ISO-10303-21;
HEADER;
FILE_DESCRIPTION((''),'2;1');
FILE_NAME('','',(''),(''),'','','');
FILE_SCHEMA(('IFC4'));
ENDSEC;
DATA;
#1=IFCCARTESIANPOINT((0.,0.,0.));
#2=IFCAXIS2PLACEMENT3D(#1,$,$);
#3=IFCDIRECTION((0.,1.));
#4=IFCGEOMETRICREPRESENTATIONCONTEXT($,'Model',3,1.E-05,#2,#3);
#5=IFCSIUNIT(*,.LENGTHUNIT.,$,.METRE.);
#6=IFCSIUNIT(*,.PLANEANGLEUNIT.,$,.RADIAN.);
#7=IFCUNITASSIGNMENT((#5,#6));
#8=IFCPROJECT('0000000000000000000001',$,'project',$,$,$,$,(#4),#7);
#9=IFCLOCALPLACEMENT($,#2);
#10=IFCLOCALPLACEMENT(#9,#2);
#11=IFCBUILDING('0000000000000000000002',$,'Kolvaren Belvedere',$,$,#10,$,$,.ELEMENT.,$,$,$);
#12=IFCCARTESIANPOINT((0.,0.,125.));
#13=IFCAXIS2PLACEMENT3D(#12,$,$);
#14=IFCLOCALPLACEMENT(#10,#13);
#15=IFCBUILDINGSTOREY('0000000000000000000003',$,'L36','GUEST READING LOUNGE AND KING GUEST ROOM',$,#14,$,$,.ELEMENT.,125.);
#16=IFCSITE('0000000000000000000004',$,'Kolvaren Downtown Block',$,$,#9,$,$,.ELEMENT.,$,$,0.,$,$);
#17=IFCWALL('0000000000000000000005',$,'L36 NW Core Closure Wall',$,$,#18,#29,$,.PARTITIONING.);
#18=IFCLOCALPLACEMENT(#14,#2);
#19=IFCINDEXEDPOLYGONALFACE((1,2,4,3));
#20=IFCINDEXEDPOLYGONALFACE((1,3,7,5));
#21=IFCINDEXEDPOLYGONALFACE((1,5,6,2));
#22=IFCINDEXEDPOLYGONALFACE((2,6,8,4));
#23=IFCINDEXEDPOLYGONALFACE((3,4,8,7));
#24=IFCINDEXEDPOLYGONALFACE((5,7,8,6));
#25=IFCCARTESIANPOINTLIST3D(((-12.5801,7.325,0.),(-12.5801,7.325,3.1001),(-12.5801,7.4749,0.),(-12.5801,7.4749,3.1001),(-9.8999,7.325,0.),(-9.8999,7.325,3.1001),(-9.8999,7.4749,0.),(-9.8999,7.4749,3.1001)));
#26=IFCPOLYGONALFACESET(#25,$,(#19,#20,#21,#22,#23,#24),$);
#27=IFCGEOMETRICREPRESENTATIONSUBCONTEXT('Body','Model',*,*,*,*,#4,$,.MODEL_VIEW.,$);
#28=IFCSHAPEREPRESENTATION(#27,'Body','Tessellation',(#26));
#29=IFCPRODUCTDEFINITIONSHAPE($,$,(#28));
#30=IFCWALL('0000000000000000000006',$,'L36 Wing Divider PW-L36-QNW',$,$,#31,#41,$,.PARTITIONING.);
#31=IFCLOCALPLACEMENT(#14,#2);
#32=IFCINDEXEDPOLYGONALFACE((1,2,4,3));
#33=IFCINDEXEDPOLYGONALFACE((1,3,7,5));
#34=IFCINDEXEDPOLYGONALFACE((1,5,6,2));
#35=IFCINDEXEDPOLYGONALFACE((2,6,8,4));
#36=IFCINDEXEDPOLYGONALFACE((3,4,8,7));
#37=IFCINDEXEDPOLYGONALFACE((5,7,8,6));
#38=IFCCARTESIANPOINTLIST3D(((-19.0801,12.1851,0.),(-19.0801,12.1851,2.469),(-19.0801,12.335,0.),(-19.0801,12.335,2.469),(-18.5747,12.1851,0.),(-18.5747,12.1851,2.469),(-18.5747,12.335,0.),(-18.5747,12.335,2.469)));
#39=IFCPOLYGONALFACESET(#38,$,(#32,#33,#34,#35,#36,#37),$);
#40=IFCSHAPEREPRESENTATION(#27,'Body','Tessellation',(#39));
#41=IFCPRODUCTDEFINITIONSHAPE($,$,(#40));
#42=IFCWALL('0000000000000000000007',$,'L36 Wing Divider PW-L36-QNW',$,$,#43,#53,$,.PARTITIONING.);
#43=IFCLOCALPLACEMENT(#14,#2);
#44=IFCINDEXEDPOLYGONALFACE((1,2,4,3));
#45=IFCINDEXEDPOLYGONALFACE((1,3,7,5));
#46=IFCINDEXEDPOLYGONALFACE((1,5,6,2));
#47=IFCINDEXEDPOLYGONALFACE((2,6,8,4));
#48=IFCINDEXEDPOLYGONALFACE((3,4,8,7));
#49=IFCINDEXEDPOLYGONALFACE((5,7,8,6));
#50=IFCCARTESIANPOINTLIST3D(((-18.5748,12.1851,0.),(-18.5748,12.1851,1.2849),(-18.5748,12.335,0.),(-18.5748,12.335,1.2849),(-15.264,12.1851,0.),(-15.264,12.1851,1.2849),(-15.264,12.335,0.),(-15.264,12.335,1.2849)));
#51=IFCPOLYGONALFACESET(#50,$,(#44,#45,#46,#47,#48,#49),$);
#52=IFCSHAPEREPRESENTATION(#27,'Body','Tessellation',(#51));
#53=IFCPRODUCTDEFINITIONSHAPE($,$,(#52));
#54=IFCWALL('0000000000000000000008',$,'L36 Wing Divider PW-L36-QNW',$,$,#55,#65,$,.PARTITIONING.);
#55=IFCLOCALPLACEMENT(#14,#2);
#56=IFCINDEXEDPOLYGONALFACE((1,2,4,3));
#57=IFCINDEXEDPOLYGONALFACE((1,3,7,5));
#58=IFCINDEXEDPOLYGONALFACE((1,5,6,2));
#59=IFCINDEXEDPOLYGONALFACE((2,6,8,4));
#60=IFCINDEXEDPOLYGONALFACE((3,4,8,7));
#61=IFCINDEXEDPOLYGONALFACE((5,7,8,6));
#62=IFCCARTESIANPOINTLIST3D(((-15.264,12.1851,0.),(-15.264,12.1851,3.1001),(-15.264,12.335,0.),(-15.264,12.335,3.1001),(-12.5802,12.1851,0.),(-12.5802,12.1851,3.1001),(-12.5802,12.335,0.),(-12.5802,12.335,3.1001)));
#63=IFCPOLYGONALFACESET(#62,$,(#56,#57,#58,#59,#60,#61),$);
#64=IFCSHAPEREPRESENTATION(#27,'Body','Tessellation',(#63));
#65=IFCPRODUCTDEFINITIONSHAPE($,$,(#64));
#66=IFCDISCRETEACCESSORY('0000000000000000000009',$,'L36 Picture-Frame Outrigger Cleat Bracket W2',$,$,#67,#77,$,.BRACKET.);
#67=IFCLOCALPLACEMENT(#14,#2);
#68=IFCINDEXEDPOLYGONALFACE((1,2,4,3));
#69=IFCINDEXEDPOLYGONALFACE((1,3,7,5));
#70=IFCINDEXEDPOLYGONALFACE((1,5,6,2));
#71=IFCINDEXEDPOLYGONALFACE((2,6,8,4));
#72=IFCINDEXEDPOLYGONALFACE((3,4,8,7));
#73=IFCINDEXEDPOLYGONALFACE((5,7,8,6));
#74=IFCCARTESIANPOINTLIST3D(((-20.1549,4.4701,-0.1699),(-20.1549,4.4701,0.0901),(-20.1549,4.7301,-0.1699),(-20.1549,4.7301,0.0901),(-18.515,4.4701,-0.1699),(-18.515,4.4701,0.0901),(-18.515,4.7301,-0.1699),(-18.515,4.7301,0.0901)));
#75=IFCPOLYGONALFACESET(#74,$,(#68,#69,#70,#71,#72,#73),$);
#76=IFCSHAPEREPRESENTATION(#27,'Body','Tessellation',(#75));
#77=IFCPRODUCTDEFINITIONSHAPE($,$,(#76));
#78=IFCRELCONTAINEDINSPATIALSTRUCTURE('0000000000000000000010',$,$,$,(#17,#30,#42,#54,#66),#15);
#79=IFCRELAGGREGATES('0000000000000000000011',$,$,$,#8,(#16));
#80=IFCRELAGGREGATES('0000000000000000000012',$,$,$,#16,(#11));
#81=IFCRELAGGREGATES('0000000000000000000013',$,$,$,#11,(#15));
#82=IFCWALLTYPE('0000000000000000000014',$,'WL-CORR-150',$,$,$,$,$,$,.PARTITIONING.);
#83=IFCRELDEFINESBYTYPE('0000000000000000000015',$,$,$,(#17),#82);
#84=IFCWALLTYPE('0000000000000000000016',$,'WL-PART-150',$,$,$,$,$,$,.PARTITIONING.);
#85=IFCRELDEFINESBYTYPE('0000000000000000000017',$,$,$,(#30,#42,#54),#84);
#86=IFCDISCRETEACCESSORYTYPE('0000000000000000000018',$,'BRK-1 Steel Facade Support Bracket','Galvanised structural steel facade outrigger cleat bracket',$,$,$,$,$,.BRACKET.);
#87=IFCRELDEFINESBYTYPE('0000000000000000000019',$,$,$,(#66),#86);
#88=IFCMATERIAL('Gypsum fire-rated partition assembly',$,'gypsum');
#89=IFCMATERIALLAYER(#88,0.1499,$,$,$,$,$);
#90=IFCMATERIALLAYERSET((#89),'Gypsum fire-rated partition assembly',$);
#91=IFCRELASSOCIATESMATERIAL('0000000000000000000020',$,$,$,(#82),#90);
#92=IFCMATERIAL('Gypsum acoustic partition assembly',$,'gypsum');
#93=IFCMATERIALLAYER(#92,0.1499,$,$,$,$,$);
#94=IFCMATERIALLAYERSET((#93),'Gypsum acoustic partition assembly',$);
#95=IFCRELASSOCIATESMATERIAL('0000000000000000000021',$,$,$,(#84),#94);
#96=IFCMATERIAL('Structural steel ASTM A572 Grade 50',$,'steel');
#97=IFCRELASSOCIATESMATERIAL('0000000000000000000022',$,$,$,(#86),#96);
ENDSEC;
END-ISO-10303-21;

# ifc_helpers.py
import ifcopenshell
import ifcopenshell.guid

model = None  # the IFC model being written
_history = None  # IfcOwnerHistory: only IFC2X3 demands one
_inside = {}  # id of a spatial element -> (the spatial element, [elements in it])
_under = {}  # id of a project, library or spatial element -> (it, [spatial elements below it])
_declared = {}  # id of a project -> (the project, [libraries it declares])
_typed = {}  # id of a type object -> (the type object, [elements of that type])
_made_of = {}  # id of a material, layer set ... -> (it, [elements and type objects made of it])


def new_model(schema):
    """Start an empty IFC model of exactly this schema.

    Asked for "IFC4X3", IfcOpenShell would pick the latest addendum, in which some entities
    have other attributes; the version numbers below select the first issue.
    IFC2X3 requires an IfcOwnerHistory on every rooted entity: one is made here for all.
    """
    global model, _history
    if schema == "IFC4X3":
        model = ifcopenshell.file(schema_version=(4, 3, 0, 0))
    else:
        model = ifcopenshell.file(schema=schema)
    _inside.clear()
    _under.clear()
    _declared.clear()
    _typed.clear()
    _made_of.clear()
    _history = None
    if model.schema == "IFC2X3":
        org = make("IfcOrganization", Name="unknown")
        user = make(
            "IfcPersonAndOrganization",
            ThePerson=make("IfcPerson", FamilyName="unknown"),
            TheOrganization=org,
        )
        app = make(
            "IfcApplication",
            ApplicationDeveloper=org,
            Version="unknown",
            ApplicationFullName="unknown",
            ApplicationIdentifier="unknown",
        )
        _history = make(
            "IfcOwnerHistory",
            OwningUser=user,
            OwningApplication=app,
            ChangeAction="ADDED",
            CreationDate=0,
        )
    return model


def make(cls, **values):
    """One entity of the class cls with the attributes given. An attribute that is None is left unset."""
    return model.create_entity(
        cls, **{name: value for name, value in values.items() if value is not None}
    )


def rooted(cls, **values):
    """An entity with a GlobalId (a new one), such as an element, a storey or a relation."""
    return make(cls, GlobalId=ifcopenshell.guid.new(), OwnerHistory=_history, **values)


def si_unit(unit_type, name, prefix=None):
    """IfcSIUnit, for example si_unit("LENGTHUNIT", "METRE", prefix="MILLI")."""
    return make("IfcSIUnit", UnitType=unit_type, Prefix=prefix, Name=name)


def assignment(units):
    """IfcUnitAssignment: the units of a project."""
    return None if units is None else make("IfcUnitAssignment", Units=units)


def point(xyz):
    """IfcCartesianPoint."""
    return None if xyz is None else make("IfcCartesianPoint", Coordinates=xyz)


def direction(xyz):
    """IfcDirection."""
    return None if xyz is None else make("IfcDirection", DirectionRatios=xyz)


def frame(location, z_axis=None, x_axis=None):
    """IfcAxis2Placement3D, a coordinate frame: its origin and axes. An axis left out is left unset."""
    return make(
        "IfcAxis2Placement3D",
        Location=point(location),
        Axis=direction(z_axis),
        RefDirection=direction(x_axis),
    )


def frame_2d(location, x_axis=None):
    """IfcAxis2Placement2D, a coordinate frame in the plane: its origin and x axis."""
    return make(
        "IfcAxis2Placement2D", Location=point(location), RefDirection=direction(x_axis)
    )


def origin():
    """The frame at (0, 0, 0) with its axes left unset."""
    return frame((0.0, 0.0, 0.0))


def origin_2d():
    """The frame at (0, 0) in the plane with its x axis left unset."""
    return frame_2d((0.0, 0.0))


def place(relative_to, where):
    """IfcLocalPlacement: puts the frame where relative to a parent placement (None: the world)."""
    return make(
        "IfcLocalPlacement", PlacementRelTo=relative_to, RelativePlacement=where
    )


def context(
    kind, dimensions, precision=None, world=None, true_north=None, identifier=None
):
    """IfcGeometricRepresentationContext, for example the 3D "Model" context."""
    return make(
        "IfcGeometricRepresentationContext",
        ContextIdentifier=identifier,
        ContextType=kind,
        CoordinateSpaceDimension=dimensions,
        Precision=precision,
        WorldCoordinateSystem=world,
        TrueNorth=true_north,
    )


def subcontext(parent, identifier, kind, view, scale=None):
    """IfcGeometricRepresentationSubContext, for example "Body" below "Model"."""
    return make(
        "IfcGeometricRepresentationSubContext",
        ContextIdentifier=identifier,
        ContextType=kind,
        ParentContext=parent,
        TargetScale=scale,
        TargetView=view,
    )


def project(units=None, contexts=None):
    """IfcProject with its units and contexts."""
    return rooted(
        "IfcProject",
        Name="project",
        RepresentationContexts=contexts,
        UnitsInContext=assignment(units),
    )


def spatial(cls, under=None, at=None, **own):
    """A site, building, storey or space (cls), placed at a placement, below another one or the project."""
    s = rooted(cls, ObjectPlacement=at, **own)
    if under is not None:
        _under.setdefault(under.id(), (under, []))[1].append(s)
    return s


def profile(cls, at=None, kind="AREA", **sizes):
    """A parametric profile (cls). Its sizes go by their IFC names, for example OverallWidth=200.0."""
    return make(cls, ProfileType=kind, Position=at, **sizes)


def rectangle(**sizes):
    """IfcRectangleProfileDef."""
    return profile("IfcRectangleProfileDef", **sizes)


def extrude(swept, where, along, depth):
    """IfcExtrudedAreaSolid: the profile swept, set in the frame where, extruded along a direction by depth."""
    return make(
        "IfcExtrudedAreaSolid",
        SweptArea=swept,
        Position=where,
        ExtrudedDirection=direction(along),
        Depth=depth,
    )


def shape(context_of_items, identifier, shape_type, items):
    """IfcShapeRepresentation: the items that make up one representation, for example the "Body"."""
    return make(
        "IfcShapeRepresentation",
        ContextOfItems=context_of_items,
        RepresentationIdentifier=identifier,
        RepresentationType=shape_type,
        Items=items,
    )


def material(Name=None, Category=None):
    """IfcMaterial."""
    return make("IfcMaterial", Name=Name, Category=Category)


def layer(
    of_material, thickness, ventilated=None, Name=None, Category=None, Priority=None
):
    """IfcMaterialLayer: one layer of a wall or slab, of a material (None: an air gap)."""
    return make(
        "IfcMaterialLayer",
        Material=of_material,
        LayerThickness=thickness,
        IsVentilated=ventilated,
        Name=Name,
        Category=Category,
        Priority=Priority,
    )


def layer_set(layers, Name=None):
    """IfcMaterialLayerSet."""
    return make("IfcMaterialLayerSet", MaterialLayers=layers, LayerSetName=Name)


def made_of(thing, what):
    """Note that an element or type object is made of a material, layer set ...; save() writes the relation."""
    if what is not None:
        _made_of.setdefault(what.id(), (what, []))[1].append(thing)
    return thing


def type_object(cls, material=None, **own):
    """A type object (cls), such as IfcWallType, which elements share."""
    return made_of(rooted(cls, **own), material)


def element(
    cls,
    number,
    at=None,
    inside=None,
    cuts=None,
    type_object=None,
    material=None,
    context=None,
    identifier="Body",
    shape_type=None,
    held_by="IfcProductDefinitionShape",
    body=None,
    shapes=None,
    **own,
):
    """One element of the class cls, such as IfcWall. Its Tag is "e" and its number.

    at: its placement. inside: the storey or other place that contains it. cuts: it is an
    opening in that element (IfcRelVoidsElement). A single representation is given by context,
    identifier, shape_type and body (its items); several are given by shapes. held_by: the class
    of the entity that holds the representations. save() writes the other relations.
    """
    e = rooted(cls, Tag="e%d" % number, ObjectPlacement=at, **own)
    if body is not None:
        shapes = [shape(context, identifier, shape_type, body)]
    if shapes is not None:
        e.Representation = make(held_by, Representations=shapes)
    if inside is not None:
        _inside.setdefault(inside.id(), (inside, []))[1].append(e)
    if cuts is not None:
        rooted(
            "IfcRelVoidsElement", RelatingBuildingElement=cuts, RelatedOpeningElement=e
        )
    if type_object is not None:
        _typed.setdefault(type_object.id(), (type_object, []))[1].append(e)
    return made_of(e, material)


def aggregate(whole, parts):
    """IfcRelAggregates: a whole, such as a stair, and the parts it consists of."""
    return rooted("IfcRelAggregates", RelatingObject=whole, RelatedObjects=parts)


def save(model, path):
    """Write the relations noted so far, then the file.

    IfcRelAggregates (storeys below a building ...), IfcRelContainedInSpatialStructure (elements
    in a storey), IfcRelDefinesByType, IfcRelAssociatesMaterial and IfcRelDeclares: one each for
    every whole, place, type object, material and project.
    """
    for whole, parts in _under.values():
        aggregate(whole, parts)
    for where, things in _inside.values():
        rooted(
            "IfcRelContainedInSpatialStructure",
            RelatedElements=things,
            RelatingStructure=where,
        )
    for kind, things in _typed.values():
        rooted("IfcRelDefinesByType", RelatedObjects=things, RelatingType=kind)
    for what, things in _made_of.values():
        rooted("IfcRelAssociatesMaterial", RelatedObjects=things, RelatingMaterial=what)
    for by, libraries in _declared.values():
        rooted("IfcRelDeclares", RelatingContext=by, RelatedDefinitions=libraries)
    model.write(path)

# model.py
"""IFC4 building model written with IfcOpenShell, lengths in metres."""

from ifc_helpers import new_model, si_unit, direction, frame, frame_2d, origin, origin_2d, place, context, subcontext, project, spatial, rectangle, extrude, material, layer, layer_set, type_object, element, save


model = new_model("IFC4")

# Units and contexts
model_context = context("Model", 3, precision=1e-05, world=origin(), true_north=direction((0.0, 1.0)))
body_context = subcontext(model_context, "Body", "Model", "MODEL_VIEW")
ifc_project = project(units=[si_unit("LENGTHUNIT", "METRE"), si_unit("PLANEANGLEUNIT", "RADIAN")], contexts=[model_context])

# Site, building, storey
site_placement = place(None, origin())
site = spatial("IfcSite", under=ifc_project, at=site_placement, Name="Kolvaren Downtown Block", CompositionType="ELEMENT", RefElevation=0.0)
building_placement = place(site_placement, origin())
building = spatial("IfcBuilding", under=site, at=building_placement, Name="Kolvaren Belvedere", CompositionType="ELEMENT")
storey_placement = place(building_placement, frame((0.0, 0.0, 125.0)))
storey = spatial("IfcBuildingStorey", under=building, at=storey_placement, Name="L36", Description="GUEST READING LOUNGE AND KING GUEST ROOM", CompositionType="ELEMENT", Elevation=125.0)

# Shared definitions
ifc_material_1 = material(Name="Gypsum fire-rated partition assembly", Category="gypsum")
ifc_layer_1 = layer(ifc_material_1, 0.1499)
ifc_layer_set_1 = layer_set([ifc_layer_1], Name="Gypsum fire-rated partition assembly")
wall_type_1 = type_object("IfcWallType", Name="WL-CORR-150", PredefinedType="PARTITIONING", material=ifc_layer_set_1)

# Walls
wall_1_placement = place(storey_placement, frame((-12.5801, 7.3999, 0.0), z_axis=(0.0, 0.0, 1.0), x_axis=(1.0, 0.0, 0.0)))
element("IfcWall", 1, at=wall_1_placement, inside=storey, type_object=wall_type_1, Name="L36 NW Core Closure Wall", PredefinedType="PARTITIONING", context=body_context, shape_type="SweptSolid", body=[
    extrude(rectangle(XDim=2.6802, YDim=0.1499, at=frame_2d((1.3401, 0.0))), origin(), (0.0, 0.0, 1.0), 3.1001),
])
ifc_material_2 = material(Name="Gypsum acoustic partition assembly", Category="gypsum")
ifc_layer_2 = layer(ifc_material_2, 0.1499)
ifc_layer_set_2 = layer_set([ifc_layer_2], Name="Gypsum acoustic partition assembly")
wall_type_2 = type_object("IfcWallType", Name="WL-PART-150", PredefinedType="PARTITIONING", material=ifc_layer_set_2)
wall_2_placement = place(storey_placement, frame((-19.0801, 12.26, 0.0), z_axis=(0.0, 0.0, 1.0), x_axis=(1.0, 0.0, 0.0)))
element("IfcWall", 2, at=wall_2_placement, inside=storey, type_object=wall_type_2, Name="L36 Wing Divider PW-L36-QNW", PredefinedType="PARTITIONING", context=body_context, shape_type="SweptSolid", body=[
    extrude(rectangle(XDim=0.5054, YDim=0.1499, at=frame_2d((0.2527, 0.0))), origin(), (0.0, 0.0, 1.0), 2.469),
])
wall_3_placement = place(storey_placement, frame((-18.5747, 12.26, 0.0), z_axis=(0.0, 0.0, 1.0), x_axis=(1.0, 0.0, 0.0)))
element("IfcWall", 3, at=wall_3_placement, inside=storey, type_object=wall_type_2, Name="L36 Wing Divider PW-L36-QNW", PredefinedType="PARTITIONING", context=body_context, shape_type="SweptSolid", body=[
    extrude(rectangle(XDim=3.3108, YDim=0.1499, at=frame_2d((1.6553, 0.0))), origin(), (0.0, 0.0, 1.0), 1.2849),
])
wall_4_placement = place(storey_placement, frame((-15.2639, 12.26, 0.0), z_axis=(0.0, 0.0, 1.0), x_axis=(1.0, 0.0, 0.0)))
element("IfcWall", 4, at=wall_4_placement, inside=storey, type_object=wall_type_2, Name="L36 Wing Divider PW-L36-QNW", PredefinedType="PARTITIONING", context=body_context, shape_type="SweptSolid", body=[
    extrude(rectangle(XDim=2.6838, YDim=0.1499, at=frame_2d((1.3418, 0.0))), origin(), (0.0, 0.0, 1.0), 3.1001),
])

# Discrete accessory
ifc_material_3 = material(Name="Structural steel ASTM A572 Grade 50", Category="steel")
discrete_accessory_type = type_object("IfcDiscreteAccessoryType", Name="BRK-1 Steel Facade Support Bracket", Description="Galvanised structural steel facade outrigger cleat bracket", PredefinedType="BRACKET", material=ifc_material_3)
discrete_accessory_placement = place(storey_placement, frame((-19.335, 4.6001, -0.1699), z_axis=(0.0, 0.0, 1.0), x_axis=(1.0, 0.0, 0.0)))
element("IfcDiscreteAccessory", 5, at=discrete_accessory_placement, inside=storey, type_object=discrete_accessory_type, Name="L36 Picture-Frame Outrigger Cleat Bracket W2", PredefinedType="BRACKET", context=body_context, shape_type="SweptSolid", body=[
    extrude(rectangle(XDim=1.6399, YDim=0.26, at=origin_2d()), origin(), (0.0, 0.0, 1.0), 0.26),
])

save(model, "model.ifc")
